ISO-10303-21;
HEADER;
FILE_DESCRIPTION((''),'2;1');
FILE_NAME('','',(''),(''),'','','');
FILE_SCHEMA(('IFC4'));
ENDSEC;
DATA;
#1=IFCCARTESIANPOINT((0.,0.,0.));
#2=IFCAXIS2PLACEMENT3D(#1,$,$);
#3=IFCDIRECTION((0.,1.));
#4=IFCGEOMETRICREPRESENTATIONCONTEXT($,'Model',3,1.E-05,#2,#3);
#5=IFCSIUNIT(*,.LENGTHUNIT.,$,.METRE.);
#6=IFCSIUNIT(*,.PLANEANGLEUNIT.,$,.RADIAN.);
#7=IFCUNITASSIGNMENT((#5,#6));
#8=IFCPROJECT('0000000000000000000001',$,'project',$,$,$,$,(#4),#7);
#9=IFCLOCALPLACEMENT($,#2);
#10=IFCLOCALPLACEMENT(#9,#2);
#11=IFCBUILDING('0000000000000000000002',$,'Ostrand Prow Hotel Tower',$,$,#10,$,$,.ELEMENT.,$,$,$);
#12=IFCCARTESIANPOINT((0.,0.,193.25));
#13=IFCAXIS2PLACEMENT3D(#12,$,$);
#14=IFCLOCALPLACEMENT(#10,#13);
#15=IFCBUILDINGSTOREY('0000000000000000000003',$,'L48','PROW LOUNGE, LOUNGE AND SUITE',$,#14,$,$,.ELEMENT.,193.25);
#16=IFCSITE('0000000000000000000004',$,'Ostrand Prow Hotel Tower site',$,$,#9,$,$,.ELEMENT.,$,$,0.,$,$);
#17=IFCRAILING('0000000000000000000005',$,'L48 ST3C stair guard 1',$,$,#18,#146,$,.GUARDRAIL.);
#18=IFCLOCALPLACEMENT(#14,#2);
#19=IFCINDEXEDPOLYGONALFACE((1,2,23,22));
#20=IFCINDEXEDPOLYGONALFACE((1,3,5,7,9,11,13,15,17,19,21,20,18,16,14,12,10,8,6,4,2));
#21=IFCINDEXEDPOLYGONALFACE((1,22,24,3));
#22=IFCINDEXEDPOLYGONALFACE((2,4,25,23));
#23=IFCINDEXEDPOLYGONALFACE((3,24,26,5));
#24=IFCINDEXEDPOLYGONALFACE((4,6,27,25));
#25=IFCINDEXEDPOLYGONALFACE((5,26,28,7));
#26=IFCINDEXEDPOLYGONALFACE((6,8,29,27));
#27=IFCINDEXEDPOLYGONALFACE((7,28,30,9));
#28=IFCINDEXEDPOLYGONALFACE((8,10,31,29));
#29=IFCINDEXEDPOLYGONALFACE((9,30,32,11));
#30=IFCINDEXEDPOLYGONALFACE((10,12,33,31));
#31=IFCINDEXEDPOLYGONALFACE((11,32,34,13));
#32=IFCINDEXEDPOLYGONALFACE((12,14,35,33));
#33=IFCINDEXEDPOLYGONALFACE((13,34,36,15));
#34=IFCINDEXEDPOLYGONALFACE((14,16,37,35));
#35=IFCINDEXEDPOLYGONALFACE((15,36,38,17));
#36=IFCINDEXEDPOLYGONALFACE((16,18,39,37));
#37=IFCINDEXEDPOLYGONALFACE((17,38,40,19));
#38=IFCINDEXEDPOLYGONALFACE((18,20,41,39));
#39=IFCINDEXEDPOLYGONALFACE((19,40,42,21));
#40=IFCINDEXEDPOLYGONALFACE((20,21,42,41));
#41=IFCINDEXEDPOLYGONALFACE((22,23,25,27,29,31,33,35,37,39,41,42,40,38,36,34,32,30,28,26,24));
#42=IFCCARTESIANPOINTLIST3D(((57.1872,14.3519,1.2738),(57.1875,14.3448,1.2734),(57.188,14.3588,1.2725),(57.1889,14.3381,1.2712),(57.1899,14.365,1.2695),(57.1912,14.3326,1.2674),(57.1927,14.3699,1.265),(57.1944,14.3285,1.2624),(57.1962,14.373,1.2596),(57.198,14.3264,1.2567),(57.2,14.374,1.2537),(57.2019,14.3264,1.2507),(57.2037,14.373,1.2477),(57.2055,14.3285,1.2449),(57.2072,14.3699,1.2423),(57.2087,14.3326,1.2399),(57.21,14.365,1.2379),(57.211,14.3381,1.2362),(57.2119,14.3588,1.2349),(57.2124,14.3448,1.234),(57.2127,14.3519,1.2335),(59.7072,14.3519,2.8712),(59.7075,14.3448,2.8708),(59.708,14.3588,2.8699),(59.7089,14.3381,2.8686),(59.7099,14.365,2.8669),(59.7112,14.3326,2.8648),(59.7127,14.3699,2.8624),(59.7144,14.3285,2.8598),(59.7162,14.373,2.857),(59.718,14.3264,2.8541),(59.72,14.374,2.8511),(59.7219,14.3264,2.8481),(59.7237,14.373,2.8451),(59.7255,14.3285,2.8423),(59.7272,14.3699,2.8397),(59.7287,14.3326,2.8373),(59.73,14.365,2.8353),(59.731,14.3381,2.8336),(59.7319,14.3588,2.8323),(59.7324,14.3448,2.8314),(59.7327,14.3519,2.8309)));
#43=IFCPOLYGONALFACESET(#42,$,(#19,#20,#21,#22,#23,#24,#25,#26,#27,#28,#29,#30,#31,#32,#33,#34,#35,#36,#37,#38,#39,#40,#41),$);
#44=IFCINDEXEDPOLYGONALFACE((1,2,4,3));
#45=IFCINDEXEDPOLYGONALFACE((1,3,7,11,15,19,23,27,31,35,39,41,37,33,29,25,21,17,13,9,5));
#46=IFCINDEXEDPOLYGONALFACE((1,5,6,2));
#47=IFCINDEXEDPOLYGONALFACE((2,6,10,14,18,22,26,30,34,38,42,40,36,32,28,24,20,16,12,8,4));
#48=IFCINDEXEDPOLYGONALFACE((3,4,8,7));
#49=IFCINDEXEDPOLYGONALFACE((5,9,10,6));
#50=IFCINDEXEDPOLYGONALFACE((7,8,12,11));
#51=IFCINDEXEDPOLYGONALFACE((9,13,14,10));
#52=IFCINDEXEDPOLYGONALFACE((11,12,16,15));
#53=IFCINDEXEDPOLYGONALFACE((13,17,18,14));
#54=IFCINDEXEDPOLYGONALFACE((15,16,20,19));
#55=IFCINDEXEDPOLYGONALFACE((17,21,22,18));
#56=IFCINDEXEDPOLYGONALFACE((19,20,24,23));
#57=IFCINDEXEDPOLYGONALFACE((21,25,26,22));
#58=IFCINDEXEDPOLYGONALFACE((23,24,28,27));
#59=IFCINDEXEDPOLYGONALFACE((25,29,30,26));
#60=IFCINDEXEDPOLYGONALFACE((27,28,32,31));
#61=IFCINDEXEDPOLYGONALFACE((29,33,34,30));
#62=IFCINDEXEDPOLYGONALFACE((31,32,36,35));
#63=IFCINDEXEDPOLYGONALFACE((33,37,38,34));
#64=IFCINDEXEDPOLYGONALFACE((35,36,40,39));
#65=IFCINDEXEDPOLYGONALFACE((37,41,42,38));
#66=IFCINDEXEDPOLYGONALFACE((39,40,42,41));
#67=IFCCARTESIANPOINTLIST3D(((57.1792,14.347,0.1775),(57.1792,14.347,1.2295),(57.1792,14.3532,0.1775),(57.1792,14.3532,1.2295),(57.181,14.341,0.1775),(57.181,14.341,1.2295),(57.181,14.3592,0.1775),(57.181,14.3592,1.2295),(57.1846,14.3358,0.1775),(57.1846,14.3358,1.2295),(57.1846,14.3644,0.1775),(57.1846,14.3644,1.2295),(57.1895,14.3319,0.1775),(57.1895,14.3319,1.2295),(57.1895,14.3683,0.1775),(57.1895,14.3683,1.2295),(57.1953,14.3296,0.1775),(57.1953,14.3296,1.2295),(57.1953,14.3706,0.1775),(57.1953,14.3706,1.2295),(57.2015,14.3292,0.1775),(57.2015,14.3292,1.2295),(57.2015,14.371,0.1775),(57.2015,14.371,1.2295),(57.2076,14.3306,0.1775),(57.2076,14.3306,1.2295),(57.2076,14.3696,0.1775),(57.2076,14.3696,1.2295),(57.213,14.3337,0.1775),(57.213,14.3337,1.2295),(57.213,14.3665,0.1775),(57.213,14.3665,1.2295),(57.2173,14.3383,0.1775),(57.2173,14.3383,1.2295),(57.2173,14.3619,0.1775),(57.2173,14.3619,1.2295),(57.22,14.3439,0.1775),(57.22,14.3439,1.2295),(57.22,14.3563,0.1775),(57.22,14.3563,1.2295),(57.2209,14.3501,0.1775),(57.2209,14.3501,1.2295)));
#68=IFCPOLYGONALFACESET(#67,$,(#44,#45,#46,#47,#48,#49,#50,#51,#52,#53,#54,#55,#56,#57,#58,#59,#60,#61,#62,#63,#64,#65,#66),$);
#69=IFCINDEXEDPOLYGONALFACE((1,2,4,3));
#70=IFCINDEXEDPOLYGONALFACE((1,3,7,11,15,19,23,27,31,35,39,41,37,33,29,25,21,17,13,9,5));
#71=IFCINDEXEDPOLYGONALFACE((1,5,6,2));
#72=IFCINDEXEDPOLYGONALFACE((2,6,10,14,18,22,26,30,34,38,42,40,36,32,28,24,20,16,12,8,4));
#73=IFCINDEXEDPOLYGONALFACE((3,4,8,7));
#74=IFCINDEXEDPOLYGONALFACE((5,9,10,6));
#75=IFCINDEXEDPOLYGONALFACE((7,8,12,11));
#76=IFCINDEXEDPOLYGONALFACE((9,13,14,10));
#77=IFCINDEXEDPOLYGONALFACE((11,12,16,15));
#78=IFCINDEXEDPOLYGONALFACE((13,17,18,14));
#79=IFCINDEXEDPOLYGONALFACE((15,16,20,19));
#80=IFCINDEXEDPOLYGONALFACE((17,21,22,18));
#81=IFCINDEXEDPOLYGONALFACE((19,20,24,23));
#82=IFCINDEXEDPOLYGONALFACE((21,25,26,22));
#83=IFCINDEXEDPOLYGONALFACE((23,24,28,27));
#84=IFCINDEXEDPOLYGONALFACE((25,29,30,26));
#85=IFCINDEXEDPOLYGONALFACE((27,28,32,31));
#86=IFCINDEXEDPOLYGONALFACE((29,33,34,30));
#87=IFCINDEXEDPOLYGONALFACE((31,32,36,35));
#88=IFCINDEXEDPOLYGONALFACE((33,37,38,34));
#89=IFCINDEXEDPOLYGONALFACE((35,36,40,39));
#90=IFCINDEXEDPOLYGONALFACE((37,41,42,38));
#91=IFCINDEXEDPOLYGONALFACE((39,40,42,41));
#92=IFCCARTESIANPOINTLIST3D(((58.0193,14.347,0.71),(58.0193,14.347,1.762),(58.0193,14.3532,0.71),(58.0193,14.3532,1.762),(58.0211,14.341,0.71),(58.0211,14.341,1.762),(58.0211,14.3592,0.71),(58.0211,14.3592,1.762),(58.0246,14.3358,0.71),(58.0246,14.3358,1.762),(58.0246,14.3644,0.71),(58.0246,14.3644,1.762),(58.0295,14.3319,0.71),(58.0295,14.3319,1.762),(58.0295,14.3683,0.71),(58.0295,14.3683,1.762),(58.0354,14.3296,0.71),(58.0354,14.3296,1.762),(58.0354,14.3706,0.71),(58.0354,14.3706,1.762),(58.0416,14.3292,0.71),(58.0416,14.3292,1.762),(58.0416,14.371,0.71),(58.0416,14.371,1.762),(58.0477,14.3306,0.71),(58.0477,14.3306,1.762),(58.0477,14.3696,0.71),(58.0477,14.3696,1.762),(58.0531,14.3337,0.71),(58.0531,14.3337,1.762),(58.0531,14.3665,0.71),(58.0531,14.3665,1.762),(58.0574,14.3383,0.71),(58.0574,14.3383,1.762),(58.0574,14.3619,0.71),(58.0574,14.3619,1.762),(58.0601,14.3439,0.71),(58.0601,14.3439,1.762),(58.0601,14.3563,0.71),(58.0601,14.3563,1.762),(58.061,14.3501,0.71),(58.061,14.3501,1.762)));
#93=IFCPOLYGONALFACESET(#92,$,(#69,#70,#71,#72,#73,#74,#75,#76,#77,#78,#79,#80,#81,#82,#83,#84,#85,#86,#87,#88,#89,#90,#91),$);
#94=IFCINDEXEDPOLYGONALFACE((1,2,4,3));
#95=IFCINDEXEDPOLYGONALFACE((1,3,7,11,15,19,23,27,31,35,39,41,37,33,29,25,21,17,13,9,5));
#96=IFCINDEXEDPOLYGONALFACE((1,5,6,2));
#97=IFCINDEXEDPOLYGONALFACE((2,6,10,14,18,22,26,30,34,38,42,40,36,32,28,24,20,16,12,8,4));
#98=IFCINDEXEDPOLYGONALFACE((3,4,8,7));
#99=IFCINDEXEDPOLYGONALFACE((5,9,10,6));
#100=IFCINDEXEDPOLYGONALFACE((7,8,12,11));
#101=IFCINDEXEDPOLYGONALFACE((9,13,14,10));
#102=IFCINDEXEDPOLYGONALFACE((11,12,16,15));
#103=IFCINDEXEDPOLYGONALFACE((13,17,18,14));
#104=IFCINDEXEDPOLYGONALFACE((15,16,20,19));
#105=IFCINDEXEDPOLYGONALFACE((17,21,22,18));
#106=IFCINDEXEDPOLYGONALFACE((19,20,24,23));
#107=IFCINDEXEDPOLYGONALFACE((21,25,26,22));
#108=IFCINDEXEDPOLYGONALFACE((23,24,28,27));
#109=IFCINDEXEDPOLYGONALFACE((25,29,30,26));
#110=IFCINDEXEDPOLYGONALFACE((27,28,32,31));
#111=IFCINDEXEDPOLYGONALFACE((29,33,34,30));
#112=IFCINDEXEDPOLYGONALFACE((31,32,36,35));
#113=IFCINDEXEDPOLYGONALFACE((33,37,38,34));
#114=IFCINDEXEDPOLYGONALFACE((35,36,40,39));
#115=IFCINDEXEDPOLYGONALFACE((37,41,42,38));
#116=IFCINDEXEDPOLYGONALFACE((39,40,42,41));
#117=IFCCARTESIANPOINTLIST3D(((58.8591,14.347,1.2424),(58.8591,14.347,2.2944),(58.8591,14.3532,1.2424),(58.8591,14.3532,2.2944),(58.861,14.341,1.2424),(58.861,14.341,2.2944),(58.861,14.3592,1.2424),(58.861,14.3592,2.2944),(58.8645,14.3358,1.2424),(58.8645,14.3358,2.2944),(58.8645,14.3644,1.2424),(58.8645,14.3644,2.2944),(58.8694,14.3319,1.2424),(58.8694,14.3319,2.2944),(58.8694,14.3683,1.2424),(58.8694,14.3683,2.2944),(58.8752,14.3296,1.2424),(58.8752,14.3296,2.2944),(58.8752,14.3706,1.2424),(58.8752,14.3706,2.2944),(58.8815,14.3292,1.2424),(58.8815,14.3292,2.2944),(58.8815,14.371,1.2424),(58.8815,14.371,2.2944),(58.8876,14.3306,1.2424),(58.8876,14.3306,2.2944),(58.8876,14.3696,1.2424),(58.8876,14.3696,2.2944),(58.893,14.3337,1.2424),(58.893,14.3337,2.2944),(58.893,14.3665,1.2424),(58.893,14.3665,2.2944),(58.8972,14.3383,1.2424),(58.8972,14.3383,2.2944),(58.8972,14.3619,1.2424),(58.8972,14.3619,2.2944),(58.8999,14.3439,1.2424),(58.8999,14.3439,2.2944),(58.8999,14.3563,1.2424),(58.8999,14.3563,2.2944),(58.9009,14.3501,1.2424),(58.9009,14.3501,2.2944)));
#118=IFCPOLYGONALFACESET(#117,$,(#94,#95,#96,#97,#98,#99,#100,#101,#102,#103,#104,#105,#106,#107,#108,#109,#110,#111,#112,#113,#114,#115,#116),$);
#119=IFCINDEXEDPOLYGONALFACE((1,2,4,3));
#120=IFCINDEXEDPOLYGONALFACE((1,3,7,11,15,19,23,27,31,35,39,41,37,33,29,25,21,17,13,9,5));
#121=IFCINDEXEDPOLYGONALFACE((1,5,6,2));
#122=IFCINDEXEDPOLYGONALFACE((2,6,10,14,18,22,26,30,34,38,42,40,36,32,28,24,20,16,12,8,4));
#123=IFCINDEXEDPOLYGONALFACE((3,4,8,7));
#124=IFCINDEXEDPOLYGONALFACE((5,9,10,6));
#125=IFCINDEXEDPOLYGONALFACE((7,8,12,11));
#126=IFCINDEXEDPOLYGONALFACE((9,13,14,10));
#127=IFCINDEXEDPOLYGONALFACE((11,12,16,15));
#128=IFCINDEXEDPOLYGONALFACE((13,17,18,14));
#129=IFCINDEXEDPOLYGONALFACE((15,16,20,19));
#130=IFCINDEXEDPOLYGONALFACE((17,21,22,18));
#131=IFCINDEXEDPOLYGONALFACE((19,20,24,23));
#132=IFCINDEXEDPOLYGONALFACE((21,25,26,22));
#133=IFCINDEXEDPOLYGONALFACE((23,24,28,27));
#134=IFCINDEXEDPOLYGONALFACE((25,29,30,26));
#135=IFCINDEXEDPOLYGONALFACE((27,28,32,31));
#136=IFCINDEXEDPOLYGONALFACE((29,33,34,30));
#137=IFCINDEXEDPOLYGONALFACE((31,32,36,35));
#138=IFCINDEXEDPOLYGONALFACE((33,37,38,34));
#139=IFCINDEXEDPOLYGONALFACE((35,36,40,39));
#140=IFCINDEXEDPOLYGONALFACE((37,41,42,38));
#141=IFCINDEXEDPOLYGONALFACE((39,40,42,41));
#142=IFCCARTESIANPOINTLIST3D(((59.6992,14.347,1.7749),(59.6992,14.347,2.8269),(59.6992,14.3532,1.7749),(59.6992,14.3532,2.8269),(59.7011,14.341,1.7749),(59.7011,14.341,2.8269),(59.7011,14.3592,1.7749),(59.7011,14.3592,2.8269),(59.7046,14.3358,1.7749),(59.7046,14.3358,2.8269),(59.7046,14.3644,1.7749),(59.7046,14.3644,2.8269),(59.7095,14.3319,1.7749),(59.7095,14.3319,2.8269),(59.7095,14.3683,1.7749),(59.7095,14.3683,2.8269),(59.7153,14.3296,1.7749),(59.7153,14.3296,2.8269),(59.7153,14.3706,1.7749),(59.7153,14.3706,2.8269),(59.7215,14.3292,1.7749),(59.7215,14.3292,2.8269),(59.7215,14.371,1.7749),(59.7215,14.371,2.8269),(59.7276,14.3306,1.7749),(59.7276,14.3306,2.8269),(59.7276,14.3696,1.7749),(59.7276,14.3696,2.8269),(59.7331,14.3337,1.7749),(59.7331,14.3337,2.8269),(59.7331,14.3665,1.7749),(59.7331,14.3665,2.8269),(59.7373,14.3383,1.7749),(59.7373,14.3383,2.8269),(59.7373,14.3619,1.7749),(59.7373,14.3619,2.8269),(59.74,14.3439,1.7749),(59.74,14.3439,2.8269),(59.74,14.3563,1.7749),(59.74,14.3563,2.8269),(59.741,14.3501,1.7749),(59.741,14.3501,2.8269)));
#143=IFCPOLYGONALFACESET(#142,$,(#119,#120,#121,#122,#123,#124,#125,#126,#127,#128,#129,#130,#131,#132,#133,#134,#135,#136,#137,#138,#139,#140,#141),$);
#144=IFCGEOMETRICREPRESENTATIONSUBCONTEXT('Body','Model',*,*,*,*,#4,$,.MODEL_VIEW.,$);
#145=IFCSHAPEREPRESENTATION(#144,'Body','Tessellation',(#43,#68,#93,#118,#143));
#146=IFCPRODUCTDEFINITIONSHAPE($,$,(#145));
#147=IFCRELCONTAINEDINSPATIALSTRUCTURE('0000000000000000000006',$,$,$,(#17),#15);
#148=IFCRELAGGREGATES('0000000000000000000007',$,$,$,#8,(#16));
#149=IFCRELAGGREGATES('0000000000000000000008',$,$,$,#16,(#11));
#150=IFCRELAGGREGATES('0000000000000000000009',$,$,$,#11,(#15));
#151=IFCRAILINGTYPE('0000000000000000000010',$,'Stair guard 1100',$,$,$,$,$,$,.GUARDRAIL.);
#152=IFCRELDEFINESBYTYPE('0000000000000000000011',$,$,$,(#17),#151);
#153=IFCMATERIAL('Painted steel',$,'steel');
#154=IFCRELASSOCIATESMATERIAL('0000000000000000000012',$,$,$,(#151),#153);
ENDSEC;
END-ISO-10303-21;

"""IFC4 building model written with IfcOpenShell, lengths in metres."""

from ifc_helpers import new_model, si_unit, direction, frame, origin, origin_2d, place, context, subcontext, project, spatial, circle, extrude, material, type_object, element, save


model = new_model("IFC4")

# Units and contexts
model_context = context("Model", 3, precision=1e-05, world=origin(), true_north=direction((0.0, 1.0)))
body_context = subcontext(model_context, "Body", "Model", "MODEL_VIEW")
ifc_project = project(units=[si_unit("LENGTHUNIT", "METRE"), si_unit("PLANEANGLEUNIT", "RADIAN")], contexts=[model_context])

# Site, building, storey
site_placement = place(None, origin())
site = spatial("IfcSite", under=ifc_project, at=site_placement, Name="Ostrand Prow Hotel Tower site", CompositionType="ELEMENT", RefElevation=0.0)
building_placement = place(site_placement, origin())
building = spatial("IfcBuilding", under=site, at=building_placement, Name="Ostrand Prow Hotel Tower", CompositionType="ELEMENT")
storey_placement = place(building_placement, frame((0.0, 0.0, 193.25)))
storey = spatial("IfcBuildingStorey", under=building, at=storey_placement, Name="L48", Description="PROW LOUNGE, LOUNGE AND SUITE", CompositionType="ELEMENT", Elevation=193.25)

# Railing
ifc_material_1 = material(Name="Painted steel", Category="steel")
railing_type_1 = type_object("IfcRailingType", Name="Stair guard 1100", PredefinedType="GUARDRAIL", material=ifc_material_1)
railing_1_placement = place(storey_placement, frame((57.2, 14.3501, 0.1775)))
element("IfcRailing", 1, at=railing_1_placement, inside=storey, type_object=railing_type_1, Name="L48 ST3C stair guard 1", PredefinedType="GUARDRAIL", context=body_context, shape_type="SweptSolid", body=[
    extrude(circle(Radius=0.0239, at=origin_2d()), frame((0.0, 0.0, 1.0762), z_axis=(0.844607, 0.0, 0.535387), x_axis=(0.0, 1.0, 0.0)), (0.0, 0.0, 1.0), 2.9836),
    extrude(circle(Radius=0.021, at=origin_2d()), origin(), (0.0, 0.0, 1.0), 1.052),
    extrude(circle(Radius=0.021, at=origin_2d()), frame((0.8401, 0.0, 0.5325)), (0.0, 0.0, 1.0), 1.052),
    extrude(circle(Radius=0.021, at=origin_2d()), frame((1.6799, 0.0, 1.0649)), (0.0, 0.0, 1.0), 1.052),
    extrude(circle(Radius=0.021, at=origin_2d()), frame((2.52, 0.0, 1.5974)), (0.0, 0.0, 1.0), 1.052),
])

save(model, "model.ifc")
